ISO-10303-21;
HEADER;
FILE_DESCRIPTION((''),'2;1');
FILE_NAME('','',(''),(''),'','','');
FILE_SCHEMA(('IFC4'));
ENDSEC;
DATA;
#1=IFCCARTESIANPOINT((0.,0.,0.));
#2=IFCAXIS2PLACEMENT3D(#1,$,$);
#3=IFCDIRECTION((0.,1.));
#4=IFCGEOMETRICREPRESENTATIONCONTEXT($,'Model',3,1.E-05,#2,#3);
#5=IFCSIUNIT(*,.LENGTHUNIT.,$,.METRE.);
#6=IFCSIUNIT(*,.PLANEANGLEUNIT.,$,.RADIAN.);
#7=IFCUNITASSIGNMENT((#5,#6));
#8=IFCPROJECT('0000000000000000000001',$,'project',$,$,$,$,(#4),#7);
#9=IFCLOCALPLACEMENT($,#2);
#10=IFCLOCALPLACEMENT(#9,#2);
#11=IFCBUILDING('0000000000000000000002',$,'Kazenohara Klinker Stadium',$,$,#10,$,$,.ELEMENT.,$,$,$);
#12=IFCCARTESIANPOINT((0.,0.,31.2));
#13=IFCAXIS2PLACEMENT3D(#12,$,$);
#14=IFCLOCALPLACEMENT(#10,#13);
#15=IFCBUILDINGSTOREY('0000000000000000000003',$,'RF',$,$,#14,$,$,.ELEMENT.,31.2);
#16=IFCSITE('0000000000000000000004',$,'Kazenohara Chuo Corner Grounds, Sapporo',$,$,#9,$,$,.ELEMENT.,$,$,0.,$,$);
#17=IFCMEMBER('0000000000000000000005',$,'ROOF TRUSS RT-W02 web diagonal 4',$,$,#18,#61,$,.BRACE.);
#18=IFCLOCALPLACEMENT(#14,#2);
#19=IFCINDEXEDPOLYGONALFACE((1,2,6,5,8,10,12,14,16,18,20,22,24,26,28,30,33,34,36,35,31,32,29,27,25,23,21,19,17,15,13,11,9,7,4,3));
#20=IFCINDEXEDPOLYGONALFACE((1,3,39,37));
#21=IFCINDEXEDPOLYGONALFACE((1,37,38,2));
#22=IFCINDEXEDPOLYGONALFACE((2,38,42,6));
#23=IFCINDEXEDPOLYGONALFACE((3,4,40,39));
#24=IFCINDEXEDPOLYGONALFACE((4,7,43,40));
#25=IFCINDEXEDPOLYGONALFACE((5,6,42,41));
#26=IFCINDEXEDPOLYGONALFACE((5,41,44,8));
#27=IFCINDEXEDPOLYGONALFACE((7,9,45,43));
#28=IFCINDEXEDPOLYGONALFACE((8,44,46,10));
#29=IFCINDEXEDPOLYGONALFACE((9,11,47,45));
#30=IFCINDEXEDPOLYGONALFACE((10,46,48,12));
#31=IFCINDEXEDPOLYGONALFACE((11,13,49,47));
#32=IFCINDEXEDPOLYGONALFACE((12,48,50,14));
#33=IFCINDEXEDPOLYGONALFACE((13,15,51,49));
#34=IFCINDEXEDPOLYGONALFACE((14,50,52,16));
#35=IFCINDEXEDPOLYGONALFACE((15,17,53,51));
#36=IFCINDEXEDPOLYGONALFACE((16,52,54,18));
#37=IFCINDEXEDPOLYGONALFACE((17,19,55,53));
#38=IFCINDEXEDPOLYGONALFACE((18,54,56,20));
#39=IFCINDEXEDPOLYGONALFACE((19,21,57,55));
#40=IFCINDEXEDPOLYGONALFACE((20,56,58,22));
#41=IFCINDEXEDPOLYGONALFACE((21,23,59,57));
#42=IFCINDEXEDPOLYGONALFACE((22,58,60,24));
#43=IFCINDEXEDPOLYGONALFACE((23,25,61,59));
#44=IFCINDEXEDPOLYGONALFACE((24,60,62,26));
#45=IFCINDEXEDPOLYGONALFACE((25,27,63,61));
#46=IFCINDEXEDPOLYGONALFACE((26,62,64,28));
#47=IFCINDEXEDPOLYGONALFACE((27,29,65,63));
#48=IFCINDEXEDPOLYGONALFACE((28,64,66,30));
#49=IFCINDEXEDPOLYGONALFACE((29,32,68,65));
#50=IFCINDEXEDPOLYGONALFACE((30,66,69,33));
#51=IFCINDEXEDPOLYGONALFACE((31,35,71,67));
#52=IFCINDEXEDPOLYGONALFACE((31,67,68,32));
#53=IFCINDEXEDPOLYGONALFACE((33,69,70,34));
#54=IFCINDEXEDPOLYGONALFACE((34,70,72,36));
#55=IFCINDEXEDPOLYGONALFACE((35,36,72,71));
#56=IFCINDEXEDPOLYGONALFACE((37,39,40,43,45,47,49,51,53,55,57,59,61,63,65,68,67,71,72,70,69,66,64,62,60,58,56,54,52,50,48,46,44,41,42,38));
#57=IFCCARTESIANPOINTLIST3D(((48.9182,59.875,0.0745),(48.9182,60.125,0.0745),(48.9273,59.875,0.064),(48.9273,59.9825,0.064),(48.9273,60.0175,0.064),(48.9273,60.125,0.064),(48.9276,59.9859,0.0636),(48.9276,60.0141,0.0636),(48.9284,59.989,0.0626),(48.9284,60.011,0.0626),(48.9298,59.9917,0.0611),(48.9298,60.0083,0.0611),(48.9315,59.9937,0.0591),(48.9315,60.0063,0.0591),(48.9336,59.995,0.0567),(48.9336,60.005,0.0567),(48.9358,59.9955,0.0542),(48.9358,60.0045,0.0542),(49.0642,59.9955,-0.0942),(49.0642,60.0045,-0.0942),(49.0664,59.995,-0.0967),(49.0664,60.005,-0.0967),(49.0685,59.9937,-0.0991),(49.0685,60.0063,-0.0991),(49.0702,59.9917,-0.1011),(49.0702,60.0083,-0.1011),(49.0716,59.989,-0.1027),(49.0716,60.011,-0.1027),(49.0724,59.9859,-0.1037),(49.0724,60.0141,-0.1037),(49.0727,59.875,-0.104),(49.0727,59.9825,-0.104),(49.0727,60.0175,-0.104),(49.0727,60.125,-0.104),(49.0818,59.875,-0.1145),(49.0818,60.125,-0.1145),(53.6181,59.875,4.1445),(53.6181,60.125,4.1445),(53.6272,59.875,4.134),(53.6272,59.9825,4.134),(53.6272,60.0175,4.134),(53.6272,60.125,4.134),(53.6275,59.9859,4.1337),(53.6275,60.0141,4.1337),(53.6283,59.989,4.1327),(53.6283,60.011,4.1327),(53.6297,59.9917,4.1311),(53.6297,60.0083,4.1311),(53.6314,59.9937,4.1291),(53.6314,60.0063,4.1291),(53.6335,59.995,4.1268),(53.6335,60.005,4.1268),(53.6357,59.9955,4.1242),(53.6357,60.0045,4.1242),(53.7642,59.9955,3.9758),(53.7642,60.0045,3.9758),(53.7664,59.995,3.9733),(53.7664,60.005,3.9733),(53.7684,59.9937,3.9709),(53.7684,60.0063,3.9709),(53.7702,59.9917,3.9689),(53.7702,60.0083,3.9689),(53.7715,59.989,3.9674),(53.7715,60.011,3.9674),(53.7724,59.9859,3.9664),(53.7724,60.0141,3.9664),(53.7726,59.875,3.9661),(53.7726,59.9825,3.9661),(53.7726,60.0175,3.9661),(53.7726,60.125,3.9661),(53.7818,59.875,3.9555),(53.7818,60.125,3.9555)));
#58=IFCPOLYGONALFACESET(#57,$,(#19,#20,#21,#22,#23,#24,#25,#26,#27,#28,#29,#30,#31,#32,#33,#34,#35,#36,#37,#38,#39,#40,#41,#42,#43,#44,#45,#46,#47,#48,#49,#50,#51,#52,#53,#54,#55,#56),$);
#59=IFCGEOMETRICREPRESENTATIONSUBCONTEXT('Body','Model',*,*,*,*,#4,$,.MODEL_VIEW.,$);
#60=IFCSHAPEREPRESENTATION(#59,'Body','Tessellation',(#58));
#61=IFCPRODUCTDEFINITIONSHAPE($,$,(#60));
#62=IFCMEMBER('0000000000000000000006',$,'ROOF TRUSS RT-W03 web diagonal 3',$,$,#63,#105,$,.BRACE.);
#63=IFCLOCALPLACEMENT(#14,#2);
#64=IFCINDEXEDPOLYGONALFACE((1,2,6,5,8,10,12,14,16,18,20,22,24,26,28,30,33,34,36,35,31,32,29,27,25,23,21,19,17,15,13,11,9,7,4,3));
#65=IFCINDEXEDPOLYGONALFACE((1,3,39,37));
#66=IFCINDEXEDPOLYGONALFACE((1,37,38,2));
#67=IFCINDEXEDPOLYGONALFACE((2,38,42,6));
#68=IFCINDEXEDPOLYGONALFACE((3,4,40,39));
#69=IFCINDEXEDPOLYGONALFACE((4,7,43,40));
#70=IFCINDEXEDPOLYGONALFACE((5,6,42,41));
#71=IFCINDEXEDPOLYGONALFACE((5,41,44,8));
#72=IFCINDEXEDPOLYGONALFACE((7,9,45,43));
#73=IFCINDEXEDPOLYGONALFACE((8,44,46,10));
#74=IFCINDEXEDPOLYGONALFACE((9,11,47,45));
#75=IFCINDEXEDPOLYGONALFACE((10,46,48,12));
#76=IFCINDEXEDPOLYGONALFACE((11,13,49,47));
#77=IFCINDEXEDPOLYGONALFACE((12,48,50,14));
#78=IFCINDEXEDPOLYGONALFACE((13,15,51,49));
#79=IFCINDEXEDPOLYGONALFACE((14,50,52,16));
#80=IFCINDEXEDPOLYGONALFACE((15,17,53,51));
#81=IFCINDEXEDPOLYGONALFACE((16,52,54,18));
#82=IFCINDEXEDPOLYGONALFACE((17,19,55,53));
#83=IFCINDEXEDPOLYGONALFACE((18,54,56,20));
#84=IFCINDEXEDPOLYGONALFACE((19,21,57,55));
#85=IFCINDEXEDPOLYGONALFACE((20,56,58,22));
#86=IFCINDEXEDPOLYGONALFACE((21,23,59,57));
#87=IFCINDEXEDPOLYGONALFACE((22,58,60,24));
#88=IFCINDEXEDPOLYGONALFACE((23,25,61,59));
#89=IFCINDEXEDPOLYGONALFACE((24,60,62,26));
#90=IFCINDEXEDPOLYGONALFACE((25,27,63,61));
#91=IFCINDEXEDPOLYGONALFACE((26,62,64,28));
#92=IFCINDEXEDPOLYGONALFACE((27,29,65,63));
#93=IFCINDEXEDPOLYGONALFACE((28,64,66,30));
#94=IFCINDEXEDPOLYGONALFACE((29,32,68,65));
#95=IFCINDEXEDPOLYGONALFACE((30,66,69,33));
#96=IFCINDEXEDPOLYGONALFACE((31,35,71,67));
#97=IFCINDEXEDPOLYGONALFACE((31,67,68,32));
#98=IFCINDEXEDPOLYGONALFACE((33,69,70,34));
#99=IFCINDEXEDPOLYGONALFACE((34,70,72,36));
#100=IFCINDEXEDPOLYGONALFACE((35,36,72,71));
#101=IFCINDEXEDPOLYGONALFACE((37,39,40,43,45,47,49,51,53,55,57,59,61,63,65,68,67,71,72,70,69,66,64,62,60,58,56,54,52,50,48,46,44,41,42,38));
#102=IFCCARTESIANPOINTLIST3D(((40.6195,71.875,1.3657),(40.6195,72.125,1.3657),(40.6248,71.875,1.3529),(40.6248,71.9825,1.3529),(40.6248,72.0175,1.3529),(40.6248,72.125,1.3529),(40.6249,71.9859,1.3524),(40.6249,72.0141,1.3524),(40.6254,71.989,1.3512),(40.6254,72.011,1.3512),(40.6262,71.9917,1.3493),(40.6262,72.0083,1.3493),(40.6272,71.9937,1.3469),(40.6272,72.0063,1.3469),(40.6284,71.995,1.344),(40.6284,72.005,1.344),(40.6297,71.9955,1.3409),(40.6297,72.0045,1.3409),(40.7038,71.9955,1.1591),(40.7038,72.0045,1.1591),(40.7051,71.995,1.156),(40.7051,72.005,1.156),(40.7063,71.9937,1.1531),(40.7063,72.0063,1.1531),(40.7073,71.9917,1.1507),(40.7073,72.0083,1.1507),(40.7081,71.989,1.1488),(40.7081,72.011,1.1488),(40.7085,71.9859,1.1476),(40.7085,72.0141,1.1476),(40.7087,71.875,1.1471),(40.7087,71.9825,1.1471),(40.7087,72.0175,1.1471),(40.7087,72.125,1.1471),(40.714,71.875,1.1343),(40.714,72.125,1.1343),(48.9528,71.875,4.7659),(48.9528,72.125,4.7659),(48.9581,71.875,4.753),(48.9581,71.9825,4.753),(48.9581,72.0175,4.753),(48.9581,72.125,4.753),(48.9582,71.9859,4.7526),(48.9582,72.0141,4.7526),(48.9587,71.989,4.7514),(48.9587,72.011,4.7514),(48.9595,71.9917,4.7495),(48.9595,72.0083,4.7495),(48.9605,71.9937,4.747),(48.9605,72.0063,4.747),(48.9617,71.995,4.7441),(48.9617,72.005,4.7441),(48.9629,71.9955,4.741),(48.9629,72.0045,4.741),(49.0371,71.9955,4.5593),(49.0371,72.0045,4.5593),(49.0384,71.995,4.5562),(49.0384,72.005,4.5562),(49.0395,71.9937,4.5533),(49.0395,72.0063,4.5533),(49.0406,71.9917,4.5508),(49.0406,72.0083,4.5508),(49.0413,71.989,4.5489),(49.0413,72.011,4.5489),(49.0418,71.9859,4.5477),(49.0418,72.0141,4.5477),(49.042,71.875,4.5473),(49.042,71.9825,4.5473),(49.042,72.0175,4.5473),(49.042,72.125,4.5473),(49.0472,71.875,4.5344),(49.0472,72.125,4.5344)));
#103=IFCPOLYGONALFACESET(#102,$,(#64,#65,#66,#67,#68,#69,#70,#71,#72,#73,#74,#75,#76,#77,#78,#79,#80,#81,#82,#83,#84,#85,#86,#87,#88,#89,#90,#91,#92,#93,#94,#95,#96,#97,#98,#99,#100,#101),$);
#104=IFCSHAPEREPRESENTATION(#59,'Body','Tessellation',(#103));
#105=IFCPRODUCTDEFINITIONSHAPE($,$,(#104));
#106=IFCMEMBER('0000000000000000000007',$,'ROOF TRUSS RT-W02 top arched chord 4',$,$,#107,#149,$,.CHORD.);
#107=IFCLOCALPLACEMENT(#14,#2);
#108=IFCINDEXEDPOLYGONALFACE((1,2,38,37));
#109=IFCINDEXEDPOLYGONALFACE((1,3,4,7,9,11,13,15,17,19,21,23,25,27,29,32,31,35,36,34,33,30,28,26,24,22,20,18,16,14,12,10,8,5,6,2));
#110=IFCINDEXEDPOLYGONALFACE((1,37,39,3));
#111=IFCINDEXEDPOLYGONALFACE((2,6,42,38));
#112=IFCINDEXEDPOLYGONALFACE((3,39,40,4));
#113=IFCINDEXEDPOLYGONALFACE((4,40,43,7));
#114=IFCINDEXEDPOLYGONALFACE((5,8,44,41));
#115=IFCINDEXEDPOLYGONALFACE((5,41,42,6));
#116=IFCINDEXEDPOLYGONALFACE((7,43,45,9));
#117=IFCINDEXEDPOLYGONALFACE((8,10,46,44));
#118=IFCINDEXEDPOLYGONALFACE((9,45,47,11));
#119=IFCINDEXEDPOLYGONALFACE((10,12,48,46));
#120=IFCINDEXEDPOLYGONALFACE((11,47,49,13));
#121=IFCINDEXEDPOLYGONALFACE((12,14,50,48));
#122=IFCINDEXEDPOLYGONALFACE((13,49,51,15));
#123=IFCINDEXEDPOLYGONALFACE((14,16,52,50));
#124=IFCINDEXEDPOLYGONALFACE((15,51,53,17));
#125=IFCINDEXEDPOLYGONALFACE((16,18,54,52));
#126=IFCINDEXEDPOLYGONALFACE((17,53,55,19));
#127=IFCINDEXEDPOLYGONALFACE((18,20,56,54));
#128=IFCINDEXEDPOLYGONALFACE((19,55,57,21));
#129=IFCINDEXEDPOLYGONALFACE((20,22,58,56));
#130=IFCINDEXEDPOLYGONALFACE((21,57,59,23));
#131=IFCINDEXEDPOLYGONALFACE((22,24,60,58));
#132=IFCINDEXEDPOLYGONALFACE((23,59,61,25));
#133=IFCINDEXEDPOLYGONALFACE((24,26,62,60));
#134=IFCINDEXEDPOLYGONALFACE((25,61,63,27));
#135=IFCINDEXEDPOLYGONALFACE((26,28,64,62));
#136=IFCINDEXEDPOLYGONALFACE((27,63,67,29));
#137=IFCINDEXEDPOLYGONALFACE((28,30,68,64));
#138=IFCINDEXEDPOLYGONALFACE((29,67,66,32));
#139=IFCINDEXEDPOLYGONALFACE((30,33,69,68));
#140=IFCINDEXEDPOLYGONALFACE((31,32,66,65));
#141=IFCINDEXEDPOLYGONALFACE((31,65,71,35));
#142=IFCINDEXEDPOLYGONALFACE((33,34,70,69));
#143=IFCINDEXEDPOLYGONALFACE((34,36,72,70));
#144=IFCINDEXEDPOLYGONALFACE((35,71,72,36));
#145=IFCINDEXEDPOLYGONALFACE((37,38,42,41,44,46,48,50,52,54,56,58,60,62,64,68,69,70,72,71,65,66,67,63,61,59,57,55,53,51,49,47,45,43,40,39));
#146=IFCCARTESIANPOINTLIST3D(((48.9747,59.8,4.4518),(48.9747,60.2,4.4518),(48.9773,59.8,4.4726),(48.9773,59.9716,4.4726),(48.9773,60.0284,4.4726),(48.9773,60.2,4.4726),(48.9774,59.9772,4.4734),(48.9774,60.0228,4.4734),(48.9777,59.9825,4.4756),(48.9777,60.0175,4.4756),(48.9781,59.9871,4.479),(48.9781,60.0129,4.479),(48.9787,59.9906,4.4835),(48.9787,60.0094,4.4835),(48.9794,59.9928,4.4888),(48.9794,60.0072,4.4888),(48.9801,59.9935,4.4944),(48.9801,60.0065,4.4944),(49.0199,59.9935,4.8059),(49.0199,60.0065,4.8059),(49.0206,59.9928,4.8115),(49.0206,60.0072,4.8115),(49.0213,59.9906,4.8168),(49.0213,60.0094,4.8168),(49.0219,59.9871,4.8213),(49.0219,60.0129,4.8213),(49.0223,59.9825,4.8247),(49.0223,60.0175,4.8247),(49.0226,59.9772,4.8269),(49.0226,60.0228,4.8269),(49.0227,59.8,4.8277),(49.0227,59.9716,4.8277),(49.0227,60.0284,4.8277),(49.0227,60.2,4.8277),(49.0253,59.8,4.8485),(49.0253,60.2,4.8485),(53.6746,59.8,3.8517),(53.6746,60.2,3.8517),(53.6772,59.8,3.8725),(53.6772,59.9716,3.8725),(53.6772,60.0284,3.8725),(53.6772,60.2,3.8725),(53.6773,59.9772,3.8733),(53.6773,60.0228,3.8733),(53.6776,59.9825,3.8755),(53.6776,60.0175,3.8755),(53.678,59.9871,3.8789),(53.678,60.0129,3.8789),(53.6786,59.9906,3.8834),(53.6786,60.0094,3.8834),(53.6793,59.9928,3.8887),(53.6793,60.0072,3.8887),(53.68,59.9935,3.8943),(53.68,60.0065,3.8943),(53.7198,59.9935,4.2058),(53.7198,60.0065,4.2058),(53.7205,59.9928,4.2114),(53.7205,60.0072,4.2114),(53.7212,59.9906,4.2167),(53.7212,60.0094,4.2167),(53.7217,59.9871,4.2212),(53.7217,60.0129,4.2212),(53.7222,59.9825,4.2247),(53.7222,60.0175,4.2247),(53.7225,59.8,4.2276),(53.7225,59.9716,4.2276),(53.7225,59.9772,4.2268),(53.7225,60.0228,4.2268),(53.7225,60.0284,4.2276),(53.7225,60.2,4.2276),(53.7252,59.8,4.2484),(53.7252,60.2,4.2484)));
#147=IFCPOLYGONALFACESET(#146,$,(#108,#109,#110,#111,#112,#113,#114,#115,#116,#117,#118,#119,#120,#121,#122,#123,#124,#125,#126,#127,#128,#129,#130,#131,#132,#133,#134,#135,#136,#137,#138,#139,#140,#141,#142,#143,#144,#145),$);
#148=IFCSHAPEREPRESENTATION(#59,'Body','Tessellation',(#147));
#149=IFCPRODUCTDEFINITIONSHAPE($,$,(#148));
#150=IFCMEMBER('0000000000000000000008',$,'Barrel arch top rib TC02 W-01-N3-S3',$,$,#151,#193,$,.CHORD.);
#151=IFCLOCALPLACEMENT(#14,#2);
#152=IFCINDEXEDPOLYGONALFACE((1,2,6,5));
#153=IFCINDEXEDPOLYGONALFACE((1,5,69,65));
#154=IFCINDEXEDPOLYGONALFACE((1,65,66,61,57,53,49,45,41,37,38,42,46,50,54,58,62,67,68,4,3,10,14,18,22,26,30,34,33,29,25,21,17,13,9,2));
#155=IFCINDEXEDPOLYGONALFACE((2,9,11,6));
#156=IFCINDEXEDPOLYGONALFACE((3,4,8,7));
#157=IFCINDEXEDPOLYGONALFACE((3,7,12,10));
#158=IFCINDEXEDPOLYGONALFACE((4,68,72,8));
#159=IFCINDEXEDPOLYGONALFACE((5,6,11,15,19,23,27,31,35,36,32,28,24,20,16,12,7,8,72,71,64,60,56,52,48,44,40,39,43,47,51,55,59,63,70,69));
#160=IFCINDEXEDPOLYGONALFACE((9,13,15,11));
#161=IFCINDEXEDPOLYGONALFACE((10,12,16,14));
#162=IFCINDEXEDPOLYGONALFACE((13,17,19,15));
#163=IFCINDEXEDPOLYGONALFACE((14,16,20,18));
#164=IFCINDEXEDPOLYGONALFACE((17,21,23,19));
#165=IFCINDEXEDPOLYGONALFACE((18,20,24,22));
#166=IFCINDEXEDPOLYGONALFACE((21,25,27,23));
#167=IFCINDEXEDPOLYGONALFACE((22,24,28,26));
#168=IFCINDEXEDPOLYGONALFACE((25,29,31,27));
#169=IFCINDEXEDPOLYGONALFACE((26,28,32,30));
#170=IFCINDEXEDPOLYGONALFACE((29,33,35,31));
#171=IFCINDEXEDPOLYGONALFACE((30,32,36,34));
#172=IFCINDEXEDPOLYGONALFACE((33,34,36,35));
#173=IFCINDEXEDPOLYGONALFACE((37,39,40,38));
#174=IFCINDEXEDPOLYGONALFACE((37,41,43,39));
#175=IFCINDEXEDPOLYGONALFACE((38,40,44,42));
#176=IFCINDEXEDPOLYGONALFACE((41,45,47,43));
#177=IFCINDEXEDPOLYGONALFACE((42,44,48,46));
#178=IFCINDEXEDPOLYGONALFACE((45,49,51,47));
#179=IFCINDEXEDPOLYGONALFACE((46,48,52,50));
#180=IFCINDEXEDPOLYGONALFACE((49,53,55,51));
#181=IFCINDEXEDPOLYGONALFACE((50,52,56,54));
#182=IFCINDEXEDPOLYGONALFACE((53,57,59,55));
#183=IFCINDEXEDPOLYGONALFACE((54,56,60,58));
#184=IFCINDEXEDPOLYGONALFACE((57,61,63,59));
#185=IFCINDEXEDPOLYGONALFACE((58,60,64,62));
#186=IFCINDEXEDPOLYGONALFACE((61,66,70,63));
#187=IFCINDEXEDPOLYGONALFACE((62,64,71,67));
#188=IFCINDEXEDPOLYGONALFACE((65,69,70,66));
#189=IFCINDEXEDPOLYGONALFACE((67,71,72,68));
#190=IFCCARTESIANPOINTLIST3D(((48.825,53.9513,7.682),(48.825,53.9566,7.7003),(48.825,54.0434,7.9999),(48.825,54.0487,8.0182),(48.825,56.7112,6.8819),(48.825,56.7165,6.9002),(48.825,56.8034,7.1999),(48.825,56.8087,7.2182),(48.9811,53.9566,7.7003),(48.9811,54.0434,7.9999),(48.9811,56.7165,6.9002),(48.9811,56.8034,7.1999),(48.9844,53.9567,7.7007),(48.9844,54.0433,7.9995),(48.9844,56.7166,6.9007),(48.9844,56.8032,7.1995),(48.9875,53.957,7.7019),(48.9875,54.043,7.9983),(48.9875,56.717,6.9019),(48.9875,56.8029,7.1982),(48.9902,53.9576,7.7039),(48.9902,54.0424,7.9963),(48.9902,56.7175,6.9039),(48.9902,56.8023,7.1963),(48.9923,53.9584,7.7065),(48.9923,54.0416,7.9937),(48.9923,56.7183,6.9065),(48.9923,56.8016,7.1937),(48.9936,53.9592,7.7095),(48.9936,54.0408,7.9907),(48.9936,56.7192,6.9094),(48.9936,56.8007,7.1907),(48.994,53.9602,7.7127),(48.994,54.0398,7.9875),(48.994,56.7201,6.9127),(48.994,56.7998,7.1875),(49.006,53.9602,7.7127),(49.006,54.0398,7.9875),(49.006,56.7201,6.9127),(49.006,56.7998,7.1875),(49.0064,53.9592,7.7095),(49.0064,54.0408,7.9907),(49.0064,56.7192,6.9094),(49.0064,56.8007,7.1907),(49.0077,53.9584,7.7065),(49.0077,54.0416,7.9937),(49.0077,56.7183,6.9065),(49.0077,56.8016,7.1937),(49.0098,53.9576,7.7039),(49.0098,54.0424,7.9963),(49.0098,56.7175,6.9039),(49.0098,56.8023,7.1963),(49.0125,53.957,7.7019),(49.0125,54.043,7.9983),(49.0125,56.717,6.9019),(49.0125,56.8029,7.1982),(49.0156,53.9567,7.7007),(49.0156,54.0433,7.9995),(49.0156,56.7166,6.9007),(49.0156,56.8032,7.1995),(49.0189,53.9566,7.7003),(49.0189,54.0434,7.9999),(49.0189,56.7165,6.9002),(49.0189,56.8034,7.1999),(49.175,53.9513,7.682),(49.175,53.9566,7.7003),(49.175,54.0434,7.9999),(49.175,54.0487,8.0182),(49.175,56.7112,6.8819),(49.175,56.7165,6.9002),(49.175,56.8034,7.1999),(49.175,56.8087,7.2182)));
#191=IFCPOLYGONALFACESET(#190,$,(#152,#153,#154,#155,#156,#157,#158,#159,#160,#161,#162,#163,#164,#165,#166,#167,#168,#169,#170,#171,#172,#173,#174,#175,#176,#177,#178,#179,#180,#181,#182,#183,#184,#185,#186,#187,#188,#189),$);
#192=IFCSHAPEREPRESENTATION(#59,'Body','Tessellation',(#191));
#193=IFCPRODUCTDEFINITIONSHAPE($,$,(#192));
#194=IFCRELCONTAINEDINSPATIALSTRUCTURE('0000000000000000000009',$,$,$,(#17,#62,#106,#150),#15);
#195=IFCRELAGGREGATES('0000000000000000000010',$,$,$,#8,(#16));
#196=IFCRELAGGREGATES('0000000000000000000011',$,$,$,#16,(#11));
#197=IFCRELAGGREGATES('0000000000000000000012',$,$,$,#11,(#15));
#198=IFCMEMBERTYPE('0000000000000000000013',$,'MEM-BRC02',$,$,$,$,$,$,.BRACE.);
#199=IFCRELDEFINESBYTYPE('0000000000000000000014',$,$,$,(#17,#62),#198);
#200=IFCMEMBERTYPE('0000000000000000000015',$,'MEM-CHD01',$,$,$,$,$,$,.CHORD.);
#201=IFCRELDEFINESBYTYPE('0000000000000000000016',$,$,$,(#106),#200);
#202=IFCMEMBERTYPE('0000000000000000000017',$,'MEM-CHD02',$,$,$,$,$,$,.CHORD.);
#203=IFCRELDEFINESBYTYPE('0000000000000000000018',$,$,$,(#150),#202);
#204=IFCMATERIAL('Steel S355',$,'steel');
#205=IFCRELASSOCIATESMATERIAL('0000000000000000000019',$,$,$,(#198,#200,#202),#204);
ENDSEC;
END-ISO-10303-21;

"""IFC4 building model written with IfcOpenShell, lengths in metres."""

from ifc_helpers import new_model, si_unit, direction, frame, origin, origin_2d, place, context, subcontext, project, spatial, i_section, extrude, material, material_profile, profile_set, type_object, element, save


model = new_model("IFC4")

# Units and contexts
model_context = context("Model", 3, precision=1e-05, world=origin(), true_north=direction((0.0, 1.0)))
body_context = subcontext(model_context, "Body", "Model", "MODEL_VIEW")
ifc_project = project(units=[si_unit("LENGTHUNIT", "METRE"), si_unit("PLANEANGLEUNIT", "RADIAN")], contexts=[model_context])

# Site, building, storey
site_placement = place(None, origin())
site = spatial("IfcSite", under=ifc_project, at=site_placement, Name="Kazenohara Chuo Corner Grounds, Sapporo", CompositionType="ELEMENT", RefElevation=0.0)
building_placement = place(site_placement, origin())
building = spatial("IfcBuilding", under=site, at=building_placement, Name="Kazenohara Klinker Stadium", CompositionType="ELEMENT")
storey_placement = place(building_placement, frame((0.0, 0.0, 31.2)))
storey = spatial("IfcBuildingStorey", under=building, at=storey_placement, Name="RF", CompositionType="ELEMENT", Elevation=31.2)

# Members
ifc_material_1 = material(Name="Steel S355", Category="steel")
ifc_material_profile_1 = material_profile(ifc_material_1, i_section(OverallWidth=0.25, OverallDepth=0.25, WebThickness=0.009, FlangeThickness=0.0139, FilletRadius=0.0129, at=origin_2d()), Name="H-250x250x9x14")
ifc_profile_set_1 = profile_set([ifc_material_profile_1], Name="Steel S355")
member_type_1 = type_object("IfcMemberType", Name="MEM-BRC02", PredefinedType="BRACE", material=ifc_profile_set_1)
member_1_placement = place(storey_placement, frame((49.0, 60.0, -0.02), z_axis=(0.755946, 0.0, 0.654634), x_axis=(0.0, 1.0, 0.0)))
element("IfcMember", 1, at=member_1_placement, inside=storey, type_object=member_type_1, Name="ROOF TRUSS RT-W02 web diagonal 4", PredefinedType="BRACE", context=body_context, shape_type="SweptSolid", body=[
    extrude(i_section(OverallWidth=0.25, OverallDepth=0.25, WebThickness=0.009, FlangeThickness=0.0139, FilletRadius=0.0129, at=origin_2d()), origin(), (0.0, 0.0, 1.0), 6.2173),
])
member_2_placement = place(storey_placement, frame((40.6667, 72.0, 1.25), z_axis=(0.925894, 0.0, 0.377785), x_axis=(0.0, 1.0, 0.0)))
element("IfcMember", 2, at=member_2_placement, inside=storey, type_object=member_type_1, Name="ROOF TRUSS RT-W03 web diagonal 3", PredefinedType="BRACE", context=body_context, shape_type="SweptSolid", body=[
    extrude(i_section(OverallWidth=0.25, OverallDepth=0.25, WebThickness=0.009, FlangeThickness=0.0139, FilletRadius=0.0129, at=origin_2d()), origin(), (0.0, 0.0, 1.0), 9.0002),
])
ifc_material_profile_2 = material_profile(ifc_material_1, i_section(OverallWidth=0.3999, OverallDepth=0.3999, WebThickness=0.0129, FlangeThickness=0.021, FilletRadius=0.022, at=origin_2d()), Name="H-400x400x13x21")
ifc_profile_set_2 = profile_set([ifc_material_profile_2], Name="Steel S355")
member_type_2 = type_object("IfcMemberType", Name="MEM-CHD01", PredefinedType="CHORD", material=ifc_profile_set_2)
member_3_placement = place(storey_placement, frame((49.0, 60.0, 4.6501), z_axis=(0.991947, 0.0, -0.126653), x_axis=(0.0, 1.0, 0.0)))
element("IfcMember", 3, at=member_3_placement, inside=storey, type_object=member_type_2, Name="ROOF TRUSS RT-W02 top arched chord 4", PredefinedType="CHORD", context=body_context, shape_type="SweptSolid", body=[
    extrude(i_section(OverallWidth=0.3999, OverallDepth=0.3999, WebThickness=0.0129, FlangeThickness=0.021, FilletRadius=0.022, at=origin_2d()), origin(), (0.0, 0.0, 1.0), 4.738),
])
ifc_material_profile_3 = material_profile(ifc_material_1, i_section(OverallWidth=0.3501, OverallDepth=0.3501, WebThickness=0.012, FlangeThickness=0.019, FilletRadius=0.0129, at=origin_2d()), Name="H-350x350x12x19")
ifc_profile_set_3 = profile_set([ifc_material_profile_3], Name="Steel S355")
member_type_3 = type_object("IfcMemberType", Name="MEM-CHD02", PredefinedType="CHORD", material=ifc_profile_set_3)
member_4_placement = place(storey_placement, frame((49.0, 54.0, 7.8501), z_axis=(0.0, 0.960462, -0.278411), x_axis=(-1.0, 0.0, 0.0)))
element("IfcMember", 4, at=member_4_placement, inside=storey, type_object=member_type_3, Name="Barrel arch top rib TC02 W-01-N3-S3", PredefinedType="CHORD", context=body_context, shape_type="SweptSolid", body=[
    extrude(i_section(OverallWidth=0.3501, OverallDepth=0.3501, WebThickness=0.012, FlangeThickness=0.019, FilletRadius=0.0129, at=origin_2d()), origin(), (0.0, 0.0, 1.0), 2.8735),
])

save(model, "model.ifc")
